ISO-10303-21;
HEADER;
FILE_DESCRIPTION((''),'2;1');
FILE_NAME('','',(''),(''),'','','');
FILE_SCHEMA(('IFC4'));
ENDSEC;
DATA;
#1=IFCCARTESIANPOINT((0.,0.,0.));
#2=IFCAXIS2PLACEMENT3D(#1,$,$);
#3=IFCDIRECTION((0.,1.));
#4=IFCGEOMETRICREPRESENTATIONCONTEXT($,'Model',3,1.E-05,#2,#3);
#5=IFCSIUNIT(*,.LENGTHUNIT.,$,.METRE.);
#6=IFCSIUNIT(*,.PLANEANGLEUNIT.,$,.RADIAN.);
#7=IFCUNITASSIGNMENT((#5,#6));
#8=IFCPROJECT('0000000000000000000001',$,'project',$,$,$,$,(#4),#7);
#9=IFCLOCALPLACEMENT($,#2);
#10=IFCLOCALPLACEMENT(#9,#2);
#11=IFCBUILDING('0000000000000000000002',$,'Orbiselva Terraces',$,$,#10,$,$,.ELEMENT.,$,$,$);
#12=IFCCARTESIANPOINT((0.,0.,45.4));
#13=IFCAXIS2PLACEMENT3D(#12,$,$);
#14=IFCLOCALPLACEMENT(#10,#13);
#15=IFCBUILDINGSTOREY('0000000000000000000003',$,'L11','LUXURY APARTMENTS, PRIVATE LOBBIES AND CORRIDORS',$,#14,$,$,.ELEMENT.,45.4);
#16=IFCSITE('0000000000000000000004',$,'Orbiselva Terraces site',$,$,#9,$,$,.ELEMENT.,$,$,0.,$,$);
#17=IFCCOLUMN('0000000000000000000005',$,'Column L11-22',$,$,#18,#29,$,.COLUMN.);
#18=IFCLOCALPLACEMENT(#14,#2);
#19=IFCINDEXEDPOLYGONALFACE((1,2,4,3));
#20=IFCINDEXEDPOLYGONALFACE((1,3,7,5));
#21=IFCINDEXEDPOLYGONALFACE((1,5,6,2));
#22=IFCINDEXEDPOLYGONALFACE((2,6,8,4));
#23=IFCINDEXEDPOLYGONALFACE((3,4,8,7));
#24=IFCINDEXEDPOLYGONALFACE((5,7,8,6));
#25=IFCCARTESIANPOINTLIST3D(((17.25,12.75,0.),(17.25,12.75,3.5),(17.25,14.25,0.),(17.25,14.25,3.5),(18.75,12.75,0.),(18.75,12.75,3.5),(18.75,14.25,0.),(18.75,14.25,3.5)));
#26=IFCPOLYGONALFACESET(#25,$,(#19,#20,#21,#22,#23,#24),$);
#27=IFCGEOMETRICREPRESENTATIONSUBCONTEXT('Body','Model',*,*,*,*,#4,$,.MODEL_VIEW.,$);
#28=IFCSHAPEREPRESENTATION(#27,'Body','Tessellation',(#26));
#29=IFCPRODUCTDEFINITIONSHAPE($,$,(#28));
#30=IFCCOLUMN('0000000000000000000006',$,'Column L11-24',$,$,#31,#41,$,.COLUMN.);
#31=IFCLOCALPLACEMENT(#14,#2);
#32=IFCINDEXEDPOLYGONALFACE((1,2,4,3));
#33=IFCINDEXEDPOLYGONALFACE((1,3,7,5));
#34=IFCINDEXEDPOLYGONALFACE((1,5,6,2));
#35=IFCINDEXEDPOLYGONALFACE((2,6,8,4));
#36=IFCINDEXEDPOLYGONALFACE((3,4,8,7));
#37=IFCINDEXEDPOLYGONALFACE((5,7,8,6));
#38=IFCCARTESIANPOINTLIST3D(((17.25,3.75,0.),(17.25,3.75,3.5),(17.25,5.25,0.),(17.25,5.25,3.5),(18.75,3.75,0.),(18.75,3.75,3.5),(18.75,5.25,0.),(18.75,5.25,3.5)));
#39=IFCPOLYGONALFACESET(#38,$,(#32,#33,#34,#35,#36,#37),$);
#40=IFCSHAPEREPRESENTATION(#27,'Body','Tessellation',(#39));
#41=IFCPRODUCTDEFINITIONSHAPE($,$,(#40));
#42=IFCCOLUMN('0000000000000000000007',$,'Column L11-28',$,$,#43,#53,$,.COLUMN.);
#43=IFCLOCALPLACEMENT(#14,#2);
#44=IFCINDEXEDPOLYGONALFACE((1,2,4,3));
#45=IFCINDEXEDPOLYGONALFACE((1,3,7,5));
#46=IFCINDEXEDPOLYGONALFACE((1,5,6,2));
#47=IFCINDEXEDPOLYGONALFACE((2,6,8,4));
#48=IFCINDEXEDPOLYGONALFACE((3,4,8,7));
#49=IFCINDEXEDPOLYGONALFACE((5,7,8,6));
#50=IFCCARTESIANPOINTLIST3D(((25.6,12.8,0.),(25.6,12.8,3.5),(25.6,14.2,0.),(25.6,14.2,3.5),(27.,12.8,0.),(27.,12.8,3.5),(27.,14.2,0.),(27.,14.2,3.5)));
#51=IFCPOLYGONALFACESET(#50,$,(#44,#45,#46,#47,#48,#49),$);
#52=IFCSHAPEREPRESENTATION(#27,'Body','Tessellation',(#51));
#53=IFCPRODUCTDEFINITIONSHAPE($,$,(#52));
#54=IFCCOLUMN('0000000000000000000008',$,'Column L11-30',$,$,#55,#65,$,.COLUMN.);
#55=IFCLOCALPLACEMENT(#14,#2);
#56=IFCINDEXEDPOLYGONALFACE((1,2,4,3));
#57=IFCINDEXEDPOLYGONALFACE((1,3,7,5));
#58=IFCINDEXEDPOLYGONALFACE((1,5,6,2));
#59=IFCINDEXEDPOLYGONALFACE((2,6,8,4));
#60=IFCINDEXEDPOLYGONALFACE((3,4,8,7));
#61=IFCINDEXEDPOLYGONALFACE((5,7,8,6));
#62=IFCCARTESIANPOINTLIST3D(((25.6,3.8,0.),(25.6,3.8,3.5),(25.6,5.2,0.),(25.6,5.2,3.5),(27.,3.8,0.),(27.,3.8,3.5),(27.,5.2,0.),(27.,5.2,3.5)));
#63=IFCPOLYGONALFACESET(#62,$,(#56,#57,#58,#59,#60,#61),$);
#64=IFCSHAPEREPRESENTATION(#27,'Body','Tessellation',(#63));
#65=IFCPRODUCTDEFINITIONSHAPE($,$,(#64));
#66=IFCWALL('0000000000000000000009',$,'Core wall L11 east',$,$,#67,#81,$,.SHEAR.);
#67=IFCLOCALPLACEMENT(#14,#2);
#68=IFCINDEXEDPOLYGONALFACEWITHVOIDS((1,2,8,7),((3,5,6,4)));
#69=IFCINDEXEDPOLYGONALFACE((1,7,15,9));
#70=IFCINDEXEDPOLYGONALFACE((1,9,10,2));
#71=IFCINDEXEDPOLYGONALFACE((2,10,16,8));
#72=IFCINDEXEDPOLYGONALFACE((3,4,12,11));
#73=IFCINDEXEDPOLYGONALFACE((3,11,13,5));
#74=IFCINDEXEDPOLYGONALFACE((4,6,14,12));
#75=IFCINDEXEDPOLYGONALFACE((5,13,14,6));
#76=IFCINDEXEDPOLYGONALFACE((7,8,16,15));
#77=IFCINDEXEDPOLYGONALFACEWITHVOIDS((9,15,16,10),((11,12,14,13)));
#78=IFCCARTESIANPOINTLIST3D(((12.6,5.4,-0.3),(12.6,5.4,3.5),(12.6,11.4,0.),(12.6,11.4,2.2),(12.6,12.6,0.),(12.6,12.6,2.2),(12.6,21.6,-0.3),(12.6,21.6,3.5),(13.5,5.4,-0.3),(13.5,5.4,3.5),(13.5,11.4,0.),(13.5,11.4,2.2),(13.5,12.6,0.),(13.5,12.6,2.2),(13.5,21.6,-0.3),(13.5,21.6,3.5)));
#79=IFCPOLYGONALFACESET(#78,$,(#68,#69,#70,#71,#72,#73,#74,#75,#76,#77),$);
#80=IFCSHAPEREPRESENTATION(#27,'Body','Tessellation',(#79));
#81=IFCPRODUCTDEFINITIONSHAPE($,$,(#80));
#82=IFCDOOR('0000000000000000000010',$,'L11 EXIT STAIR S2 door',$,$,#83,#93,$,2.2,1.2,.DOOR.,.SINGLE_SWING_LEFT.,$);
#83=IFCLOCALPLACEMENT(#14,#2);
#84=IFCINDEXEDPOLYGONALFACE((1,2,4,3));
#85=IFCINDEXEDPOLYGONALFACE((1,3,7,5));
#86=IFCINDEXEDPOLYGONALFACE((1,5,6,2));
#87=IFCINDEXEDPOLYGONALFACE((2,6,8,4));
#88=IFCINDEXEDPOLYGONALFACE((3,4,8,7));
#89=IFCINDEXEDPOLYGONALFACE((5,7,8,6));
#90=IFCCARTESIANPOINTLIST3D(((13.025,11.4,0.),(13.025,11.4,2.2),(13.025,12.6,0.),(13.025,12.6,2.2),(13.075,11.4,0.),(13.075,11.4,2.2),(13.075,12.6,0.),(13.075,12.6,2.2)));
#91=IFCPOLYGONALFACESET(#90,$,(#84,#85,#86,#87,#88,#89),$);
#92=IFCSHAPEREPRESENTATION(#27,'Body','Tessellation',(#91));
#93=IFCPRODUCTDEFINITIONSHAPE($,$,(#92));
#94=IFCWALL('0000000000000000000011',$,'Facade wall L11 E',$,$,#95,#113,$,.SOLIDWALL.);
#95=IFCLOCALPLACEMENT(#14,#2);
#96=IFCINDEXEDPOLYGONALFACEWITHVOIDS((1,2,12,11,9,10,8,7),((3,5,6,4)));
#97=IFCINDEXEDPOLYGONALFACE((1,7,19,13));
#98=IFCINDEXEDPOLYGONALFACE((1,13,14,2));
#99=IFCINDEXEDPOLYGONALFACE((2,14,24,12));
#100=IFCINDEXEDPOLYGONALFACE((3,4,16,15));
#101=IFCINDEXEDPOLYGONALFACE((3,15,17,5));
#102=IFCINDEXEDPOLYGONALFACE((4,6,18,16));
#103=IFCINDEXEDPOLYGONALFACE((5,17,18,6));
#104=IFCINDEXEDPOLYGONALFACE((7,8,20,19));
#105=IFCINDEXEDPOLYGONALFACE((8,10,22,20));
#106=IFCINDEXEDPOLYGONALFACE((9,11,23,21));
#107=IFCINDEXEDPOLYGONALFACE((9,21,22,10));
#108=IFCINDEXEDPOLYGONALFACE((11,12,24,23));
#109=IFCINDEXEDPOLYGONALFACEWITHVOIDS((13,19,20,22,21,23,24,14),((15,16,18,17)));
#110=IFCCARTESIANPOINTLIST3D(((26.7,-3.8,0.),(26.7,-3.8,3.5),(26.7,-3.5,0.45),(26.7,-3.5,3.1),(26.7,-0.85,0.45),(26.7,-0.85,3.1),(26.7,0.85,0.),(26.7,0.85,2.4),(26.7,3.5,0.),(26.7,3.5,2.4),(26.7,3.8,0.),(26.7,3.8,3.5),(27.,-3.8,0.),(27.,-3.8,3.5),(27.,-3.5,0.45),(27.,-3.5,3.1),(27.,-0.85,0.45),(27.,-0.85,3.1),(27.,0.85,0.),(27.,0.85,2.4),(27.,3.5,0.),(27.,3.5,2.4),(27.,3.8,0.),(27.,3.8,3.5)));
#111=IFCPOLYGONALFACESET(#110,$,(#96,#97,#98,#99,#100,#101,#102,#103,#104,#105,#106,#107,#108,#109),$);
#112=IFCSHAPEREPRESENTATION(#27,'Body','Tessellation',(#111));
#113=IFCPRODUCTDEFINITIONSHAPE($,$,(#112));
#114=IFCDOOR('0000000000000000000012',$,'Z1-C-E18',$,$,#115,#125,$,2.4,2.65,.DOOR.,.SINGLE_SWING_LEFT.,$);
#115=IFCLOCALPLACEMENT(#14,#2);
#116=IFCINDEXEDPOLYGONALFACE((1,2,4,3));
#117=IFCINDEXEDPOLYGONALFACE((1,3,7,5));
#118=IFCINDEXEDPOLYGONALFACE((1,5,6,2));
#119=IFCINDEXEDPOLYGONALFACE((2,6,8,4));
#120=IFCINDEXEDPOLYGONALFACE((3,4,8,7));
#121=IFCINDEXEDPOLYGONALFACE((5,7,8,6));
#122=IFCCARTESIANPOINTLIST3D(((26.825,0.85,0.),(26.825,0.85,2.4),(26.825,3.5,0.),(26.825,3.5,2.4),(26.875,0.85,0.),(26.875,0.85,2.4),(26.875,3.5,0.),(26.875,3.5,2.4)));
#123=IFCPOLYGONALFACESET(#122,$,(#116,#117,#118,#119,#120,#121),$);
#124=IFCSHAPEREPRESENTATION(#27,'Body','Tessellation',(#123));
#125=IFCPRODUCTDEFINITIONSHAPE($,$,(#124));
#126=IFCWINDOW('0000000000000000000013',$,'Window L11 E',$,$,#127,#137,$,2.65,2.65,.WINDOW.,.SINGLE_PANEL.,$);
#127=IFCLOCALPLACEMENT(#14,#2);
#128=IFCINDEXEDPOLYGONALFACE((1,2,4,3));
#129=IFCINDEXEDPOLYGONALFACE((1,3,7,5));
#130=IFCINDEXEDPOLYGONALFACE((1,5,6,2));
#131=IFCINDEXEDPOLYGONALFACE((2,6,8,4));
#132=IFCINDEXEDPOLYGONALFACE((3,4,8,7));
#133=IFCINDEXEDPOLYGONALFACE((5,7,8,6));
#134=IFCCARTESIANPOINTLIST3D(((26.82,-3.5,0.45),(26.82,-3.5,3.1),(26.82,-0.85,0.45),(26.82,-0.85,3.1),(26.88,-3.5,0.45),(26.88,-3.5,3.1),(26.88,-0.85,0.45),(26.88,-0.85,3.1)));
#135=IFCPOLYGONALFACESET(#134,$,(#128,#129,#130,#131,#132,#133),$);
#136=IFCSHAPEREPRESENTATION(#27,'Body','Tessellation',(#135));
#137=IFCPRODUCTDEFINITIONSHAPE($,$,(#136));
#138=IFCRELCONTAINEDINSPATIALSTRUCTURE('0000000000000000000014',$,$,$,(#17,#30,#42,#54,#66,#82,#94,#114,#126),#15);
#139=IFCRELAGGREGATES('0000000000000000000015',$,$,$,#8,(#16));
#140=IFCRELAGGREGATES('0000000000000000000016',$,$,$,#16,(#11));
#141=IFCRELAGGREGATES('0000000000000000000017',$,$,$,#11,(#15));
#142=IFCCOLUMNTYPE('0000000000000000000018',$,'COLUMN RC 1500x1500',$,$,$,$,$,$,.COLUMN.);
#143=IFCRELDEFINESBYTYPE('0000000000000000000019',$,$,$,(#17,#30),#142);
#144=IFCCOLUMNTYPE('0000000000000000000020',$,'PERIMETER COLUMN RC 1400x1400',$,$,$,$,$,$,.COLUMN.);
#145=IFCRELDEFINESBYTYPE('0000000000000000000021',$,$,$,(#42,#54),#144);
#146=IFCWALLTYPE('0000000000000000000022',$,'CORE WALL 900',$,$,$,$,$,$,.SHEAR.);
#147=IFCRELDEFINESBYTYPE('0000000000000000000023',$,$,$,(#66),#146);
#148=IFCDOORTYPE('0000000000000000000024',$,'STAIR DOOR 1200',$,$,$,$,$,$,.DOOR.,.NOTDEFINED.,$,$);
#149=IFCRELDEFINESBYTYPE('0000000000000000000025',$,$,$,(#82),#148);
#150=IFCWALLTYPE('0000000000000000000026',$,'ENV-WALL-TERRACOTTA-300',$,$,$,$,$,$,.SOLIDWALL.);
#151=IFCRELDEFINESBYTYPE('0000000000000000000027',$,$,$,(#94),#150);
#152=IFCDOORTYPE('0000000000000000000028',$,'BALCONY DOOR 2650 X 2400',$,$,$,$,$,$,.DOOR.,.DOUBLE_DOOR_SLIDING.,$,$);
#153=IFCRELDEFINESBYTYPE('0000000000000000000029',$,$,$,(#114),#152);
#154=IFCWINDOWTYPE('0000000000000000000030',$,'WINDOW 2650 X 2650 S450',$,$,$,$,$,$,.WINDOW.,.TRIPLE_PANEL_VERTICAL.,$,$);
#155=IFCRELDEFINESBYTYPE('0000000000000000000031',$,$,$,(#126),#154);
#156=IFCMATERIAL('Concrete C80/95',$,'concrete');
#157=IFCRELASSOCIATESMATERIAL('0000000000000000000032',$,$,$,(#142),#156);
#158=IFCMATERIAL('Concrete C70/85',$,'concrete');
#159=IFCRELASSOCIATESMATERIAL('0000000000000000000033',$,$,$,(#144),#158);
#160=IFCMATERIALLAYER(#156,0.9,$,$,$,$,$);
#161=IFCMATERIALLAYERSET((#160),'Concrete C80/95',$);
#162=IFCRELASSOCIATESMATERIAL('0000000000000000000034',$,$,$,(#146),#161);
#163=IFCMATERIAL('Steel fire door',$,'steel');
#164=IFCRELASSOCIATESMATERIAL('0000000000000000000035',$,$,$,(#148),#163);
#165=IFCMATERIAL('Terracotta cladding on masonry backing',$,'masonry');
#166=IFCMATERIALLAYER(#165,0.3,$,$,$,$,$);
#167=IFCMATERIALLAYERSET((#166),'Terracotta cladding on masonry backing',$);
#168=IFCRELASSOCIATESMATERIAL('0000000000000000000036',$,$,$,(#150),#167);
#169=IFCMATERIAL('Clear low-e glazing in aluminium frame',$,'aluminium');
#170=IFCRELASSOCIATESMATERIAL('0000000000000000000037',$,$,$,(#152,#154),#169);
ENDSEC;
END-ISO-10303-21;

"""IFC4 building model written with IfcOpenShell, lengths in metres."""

from ifc_helpers import new_model, si_unit, direction, frame, frame_2d, origin, origin_2d, place, context, subcontext, project, spatial, rectangle, extrude, material, layer, layer_set, material_profile, profile_set, type_object, element, fill, save


model = new_model("IFC4")

# Units and contexts
model_context = context("Model", 3, precision=1e-05, world=origin(), true_north=direction((0.0, 1.0)))
body_context = subcontext(model_context, "Body", "Model", "MODEL_VIEW")
ifc_project = project(units=[si_unit("LENGTHUNIT", "METRE"), si_unit("PLANEANGLEUNIT", "RADIAN")], contexts=[model_context])

# Site, building, storey
site_placement = place(None, origin())
site = spatial("IfcSite", under=ifc_project, at=site_placement, Name="Orbiselva Terraces site", CompositionType="ELEMENT", RefElevation=0.0)
building_placement = place(site_placement, origin())
building = spatial("IfcBuilding", under=site, at=building_placement, Name="Orbiselva Terraces", CompositionType="ELEMENT")
storey_placement = place(building_placement, frame((0.0, 0.0, 45.4)))
storey = spatial("IfcBuildingStorey", under=building, at=storey_placement, Name="L11", Description="LUXURY APARTMENTS, PRIVATE LOBBIES AND CORRIDORS", CompositionType="ELEMENT", Elevation=45.4)

# Columns
ifc_material_1 = material(Name="Concrete C80/95", Category="concrete")
ifc_material_profile_1 = material_profile(ifc_material_1, rectangle(XDim=1.5, YDim=1.5, at=origin_2d()), Name="RC 1500x1500")
ifc_profile_set_1 = profile_set([ifc_material_profile_1], Name="Concrete C80/95")
column_type_1 = type_object("IfcColumnType", Name="COLUMN RC 1500x1500", PredefinedType="COLUMN", material=ifc_profile_set_1)
for number, where, z_axis, x_axis, name in (
    (1, (18.0, 13.5, 0.0), (0.0, 0.0, 1.0), (1.0, 0.0, 0.0), "Column L11-22"),
    (2, (18.0, 4.5, 0.0), (0.0, 0.0, 1.0), (1.0, 0.0, 0.0), "Column L11-24"),
):
    element("IfcColumn", number, at=place(storey_placement, frame(where, z_axis=z_axis, x_axis=x_axis)), inside=storey, type_object=column_type_1, Name=name, PredefinedType="COLUMN", context=body_context, shape_type="SweptSolid", body=[
        extrude(rectangle(XDim=1.5, YDim=1.5, at=origin_2d()), origin(), (0.0, 0.0, 1.0), 3.5),
    ])
ifc_material_2 = material(Name="Concrete C70/85", Category="concrete")
ifc_material_profile_2 = material_profile(ifc_material_2, rectangle(XDim=1.4, YDim=1.4, at=origin_2d()), Name="RC 1400x1400")
ifc_profile_set_2 = profile_set([ifc_material_profile_2], Name="Concrete C70/85")
column_type_2 = type_object("IfcColumnType", Name="PERIMETER COLUMN RC 1400x1400", PredefinedType="COLUMN", material=ifc_profile_set_2)
for number, where, z_axis, x_axis, name in (
    (3, (26.3, 13.5, 0.0), (0.0, 0.0, 1.0), (1.0, 0.0, 0.0), "Column L11-28"),
    (4, (26.3, 4.5, 0.0), (0.0, 0.0, 1.0), (1.0, 0.0, 0.0), "Column L11-30"),
):
    element("IfcColumn", number, at=place(storey_placement, frame(where, z_axis=z_axis, x_axis=x_axis)), inside=storey, type_object=column_type_2, Name=name, PredefinedType="COLUMN", context=body_context, shape_type="SweptSolid", body=[
        extrude(rectangle(XDim=1.4, YDim=1.4, at=origin_2d()), origin(), (0.0, 0.0, 1.0), 3.5),
    ])

# Wall, opening, door
ifc_layer_1 = layer(ifc_material_1, 0.9)
ifc_layer_set_1 = layer_set([ifc_layer_1], Name="Concrete C80/95")
wall_type_1 = type_object("IfcWallType", Name="CORE WALL 900", PredefinedType="SHEAR", material=ifc_layer_set_1)
wall_1_placement = place(storey_placement, frame((13.05, 5.4, -0.3), z_axis=(0.0, 0.0, 1.0), x_axis=(0.0, 1.0, 0.0)))
wall_1 = element("IfcWall", 5, at=wall_1_placement, inside=storey, type_object=wall_type_1, Name="Core wall L11 east", PredefinedType="SHEAR", context=body_context, shape_type="SweptSolid", body=[
    extrude(rectangle(XDim=16.2, YDim=0.9, at=frame_2d((8.1, 0.0))), origin(), (0.0, 0.0, 1.0), 3.8),
])
opening_1_placement = place(wall_1_placement, frame((6.0, 0.0, 0.3)))
opening_1 = element("IfcOpeningElement", 6, at=opening_1_placement, cuts=wall_1, PredefinedType="OPENING", context=body_context, shape_type="SweptSolid", body=[
    extrude(rectangle(XDim=1.2, YDim=2.2, at=frame_2d((0.6, 1.1))), frame((0.0, 0.46, 0.0), z_axis=(0.0, -1.0, 0.0), x_axis=(1.0, 0.0, 0.0)), (0.0, 0.0, 1.0), 0.92),
])
ifc_material_3 = material(Name="Steel fire door", Category="steel")
door_type_1 = type_object("IfcDoorType", Name="STAIR DOOR 1200", OperationType="NOTDEFINED", PredefinedType="DOOR", material=ifc_material_3)
door_1_placement = place(opening_1_placement, frame((1.2, 0.0, 0.0), z_axis=(0.0, 0.0, 1.0), x_axis=(-1.0, 0.0, 0.0)))
door_1 = element("IfcDoor", 7, at=door_1_placement, inside=storey, type_object=door_type_1, Name="L11 EXIT STAIR S2 door", OperationType="SINGLE_SWING_LEFT", OverallHeight=2.2, OverallWidth=1.2, PredefinedType="DOOR", context=body_context, shape_type="SweptSolid", body=[
    extrude(rectangle(XDim=1.2, YDim=2.2, at=frame_2d((0.6, 1.1))), frame((0.0, 0.025, 0.0), z_axis=(0.0, -1.0, 0.0), x_axis=(1.0, 0.0, 0.0)), (0.0, 0.0, 1.0), 0.05),
])
fill(opening_1, door_1)

# Wall, openings, door, window
ifc_material_4 = material(Name="Terracotta cladding on masonry backing", Category="masonry")
ifc_layer_2 = layer(ifc_material_4, 0.3)
ifc_layer_set_2 = layer_set([ifc_layer_2], Name="Terracotta cladding on masonry backing")
wall_type_2 = type_object("IfcWallType", Name="ENV-WALL-TERRACOTTA-300", PredefinedType="SOLIDWALL", material=ifc_layer_set_2)
wall_2_placement = place(storey_placement, frame((26.85, 3.8, 0.0), z_axis=(0.0, 0.0, 1.0), x_axis=(0.0, -1.0, 0.0)))
wall_2 = element("IfcWall", 8, at=wall_2_placement, inside=storey, type_object=wall_type_2, Name="Facade wall L11 E", PredefinedType="SOLIDWALL", context=body_context, shape_type="SweptSolid", body=[
    extrude(rectangle(XDim=7.6, YDim=0.3, at=frame_2d((3.8, 0.0))), origin(), (0.0, 0.0, 1.0), 3.5),
])
opening_2_placement = place(wall_2_placement, frame((4.65, 0.0, 0.45)))
opening_2 = element("IfcOpeningElement", 9, at=opening_2_placement, cuts=wall_2, PredefinedType="OPENING", context=body_context, shape_type="SweptSolid", body=[
    extrude(rectangle(XDim=2.65, YDim=2.65, at=frame_2d((1.325, 1.325))), frame((0.0, 0.16, 0.0), z_axis=(0.0, -1.0, 0.0), x_axis=(1.0, 0.0, 0.0)), (0.0, 0.0, 1.0), 0.32),
])
opening_3_placement = place(wall_2_placement, frame((0.3, 0.0, 0.0)))
opening_3 = element("IfcOpeningElement", 10, at=opening_3_placement, cuts=wall_2, PredefinedType="OPENING", context=body_context, shape_type="SweptSolid", body=[
    extrude(rectangle(XDim=2.65, YDim=2.4, at=frame_2d((1.325, 1.2))), frame((0.0, 0.16, 0.0), z_axis=(0.0, -1.0, 0.0), x_axis=(1.0, 0.0, 0.0)), (0.0, 0.0, 1.0), 0.32),
])
ifc_material_5 = material(Name="Clear low-e glazing in aluminium frame", Category="aluminium")
door_type_2 = type_object("IfcDoorType", Name="BALCONY DOOR 2650 X 2400", OperationType="DOUBLE_DOOR_SLIDING", PredefinedType="DOOR", material=ifc_material_5)
door_2_placement = place(opening_3_placement, origin())
door_2 = element("IfcDoor", 11, at=door_2_placement, inside=storey, type_object=door_type_2, Name="Z1-C-E18", OperationType="SINGLE_SWING_LEFT", OverallHeight=2.4, OverallWidth=2.65, PredefinedType="DOOR", context=body_context, shape_type="SweptSolid", body=[
    extrude(rectangle(XDim=2.65, YDim=2.4, at=frame_2d((1.325, 1.2))), frame((0.0, 0.025, 0.0), z_axis=(0.0, -1.0, 0.0), x_axis=(1.0, 0.0, 0.0)), (0.0, 0.0, 1.0), 0.05),
])
fill(opening_3, door_2)
window_type = type_object("IfcWindowType", Name="WINDOW 2650 X 2650 S450", PartitioningType="TRIPLE_PANEL_VERTICAL", PredefinedType="WINDOW", material=ifc_material_5)
window_1_placement = place(opening_2_placement, origin())
window_1 = element("IfcWindow", 12, at=window_1_placement, inside=storey, type_object=window_type, Name="Window L11 E", OverallHeight=2.65, OverallWidth=2.65, PartitioningType="SINGLE_PANEL", PredefinedType="WINDOW", context=body_context, shape_type="SweptSolid", body=[
    extrude(rectangle(XDim=2.65, YDim=2.65, at=frame_2d((1.325, 1.325))), frame((0.0, 0.03, 0.0), z_axis=(0.0, -1.0, 0.0), x_axis=(1.0, 0.0, 0.0)), (0.0, 0.0, 1.0), 0.06),
])
fill(opening_2, window_1)

save(model, "model.ifc")
